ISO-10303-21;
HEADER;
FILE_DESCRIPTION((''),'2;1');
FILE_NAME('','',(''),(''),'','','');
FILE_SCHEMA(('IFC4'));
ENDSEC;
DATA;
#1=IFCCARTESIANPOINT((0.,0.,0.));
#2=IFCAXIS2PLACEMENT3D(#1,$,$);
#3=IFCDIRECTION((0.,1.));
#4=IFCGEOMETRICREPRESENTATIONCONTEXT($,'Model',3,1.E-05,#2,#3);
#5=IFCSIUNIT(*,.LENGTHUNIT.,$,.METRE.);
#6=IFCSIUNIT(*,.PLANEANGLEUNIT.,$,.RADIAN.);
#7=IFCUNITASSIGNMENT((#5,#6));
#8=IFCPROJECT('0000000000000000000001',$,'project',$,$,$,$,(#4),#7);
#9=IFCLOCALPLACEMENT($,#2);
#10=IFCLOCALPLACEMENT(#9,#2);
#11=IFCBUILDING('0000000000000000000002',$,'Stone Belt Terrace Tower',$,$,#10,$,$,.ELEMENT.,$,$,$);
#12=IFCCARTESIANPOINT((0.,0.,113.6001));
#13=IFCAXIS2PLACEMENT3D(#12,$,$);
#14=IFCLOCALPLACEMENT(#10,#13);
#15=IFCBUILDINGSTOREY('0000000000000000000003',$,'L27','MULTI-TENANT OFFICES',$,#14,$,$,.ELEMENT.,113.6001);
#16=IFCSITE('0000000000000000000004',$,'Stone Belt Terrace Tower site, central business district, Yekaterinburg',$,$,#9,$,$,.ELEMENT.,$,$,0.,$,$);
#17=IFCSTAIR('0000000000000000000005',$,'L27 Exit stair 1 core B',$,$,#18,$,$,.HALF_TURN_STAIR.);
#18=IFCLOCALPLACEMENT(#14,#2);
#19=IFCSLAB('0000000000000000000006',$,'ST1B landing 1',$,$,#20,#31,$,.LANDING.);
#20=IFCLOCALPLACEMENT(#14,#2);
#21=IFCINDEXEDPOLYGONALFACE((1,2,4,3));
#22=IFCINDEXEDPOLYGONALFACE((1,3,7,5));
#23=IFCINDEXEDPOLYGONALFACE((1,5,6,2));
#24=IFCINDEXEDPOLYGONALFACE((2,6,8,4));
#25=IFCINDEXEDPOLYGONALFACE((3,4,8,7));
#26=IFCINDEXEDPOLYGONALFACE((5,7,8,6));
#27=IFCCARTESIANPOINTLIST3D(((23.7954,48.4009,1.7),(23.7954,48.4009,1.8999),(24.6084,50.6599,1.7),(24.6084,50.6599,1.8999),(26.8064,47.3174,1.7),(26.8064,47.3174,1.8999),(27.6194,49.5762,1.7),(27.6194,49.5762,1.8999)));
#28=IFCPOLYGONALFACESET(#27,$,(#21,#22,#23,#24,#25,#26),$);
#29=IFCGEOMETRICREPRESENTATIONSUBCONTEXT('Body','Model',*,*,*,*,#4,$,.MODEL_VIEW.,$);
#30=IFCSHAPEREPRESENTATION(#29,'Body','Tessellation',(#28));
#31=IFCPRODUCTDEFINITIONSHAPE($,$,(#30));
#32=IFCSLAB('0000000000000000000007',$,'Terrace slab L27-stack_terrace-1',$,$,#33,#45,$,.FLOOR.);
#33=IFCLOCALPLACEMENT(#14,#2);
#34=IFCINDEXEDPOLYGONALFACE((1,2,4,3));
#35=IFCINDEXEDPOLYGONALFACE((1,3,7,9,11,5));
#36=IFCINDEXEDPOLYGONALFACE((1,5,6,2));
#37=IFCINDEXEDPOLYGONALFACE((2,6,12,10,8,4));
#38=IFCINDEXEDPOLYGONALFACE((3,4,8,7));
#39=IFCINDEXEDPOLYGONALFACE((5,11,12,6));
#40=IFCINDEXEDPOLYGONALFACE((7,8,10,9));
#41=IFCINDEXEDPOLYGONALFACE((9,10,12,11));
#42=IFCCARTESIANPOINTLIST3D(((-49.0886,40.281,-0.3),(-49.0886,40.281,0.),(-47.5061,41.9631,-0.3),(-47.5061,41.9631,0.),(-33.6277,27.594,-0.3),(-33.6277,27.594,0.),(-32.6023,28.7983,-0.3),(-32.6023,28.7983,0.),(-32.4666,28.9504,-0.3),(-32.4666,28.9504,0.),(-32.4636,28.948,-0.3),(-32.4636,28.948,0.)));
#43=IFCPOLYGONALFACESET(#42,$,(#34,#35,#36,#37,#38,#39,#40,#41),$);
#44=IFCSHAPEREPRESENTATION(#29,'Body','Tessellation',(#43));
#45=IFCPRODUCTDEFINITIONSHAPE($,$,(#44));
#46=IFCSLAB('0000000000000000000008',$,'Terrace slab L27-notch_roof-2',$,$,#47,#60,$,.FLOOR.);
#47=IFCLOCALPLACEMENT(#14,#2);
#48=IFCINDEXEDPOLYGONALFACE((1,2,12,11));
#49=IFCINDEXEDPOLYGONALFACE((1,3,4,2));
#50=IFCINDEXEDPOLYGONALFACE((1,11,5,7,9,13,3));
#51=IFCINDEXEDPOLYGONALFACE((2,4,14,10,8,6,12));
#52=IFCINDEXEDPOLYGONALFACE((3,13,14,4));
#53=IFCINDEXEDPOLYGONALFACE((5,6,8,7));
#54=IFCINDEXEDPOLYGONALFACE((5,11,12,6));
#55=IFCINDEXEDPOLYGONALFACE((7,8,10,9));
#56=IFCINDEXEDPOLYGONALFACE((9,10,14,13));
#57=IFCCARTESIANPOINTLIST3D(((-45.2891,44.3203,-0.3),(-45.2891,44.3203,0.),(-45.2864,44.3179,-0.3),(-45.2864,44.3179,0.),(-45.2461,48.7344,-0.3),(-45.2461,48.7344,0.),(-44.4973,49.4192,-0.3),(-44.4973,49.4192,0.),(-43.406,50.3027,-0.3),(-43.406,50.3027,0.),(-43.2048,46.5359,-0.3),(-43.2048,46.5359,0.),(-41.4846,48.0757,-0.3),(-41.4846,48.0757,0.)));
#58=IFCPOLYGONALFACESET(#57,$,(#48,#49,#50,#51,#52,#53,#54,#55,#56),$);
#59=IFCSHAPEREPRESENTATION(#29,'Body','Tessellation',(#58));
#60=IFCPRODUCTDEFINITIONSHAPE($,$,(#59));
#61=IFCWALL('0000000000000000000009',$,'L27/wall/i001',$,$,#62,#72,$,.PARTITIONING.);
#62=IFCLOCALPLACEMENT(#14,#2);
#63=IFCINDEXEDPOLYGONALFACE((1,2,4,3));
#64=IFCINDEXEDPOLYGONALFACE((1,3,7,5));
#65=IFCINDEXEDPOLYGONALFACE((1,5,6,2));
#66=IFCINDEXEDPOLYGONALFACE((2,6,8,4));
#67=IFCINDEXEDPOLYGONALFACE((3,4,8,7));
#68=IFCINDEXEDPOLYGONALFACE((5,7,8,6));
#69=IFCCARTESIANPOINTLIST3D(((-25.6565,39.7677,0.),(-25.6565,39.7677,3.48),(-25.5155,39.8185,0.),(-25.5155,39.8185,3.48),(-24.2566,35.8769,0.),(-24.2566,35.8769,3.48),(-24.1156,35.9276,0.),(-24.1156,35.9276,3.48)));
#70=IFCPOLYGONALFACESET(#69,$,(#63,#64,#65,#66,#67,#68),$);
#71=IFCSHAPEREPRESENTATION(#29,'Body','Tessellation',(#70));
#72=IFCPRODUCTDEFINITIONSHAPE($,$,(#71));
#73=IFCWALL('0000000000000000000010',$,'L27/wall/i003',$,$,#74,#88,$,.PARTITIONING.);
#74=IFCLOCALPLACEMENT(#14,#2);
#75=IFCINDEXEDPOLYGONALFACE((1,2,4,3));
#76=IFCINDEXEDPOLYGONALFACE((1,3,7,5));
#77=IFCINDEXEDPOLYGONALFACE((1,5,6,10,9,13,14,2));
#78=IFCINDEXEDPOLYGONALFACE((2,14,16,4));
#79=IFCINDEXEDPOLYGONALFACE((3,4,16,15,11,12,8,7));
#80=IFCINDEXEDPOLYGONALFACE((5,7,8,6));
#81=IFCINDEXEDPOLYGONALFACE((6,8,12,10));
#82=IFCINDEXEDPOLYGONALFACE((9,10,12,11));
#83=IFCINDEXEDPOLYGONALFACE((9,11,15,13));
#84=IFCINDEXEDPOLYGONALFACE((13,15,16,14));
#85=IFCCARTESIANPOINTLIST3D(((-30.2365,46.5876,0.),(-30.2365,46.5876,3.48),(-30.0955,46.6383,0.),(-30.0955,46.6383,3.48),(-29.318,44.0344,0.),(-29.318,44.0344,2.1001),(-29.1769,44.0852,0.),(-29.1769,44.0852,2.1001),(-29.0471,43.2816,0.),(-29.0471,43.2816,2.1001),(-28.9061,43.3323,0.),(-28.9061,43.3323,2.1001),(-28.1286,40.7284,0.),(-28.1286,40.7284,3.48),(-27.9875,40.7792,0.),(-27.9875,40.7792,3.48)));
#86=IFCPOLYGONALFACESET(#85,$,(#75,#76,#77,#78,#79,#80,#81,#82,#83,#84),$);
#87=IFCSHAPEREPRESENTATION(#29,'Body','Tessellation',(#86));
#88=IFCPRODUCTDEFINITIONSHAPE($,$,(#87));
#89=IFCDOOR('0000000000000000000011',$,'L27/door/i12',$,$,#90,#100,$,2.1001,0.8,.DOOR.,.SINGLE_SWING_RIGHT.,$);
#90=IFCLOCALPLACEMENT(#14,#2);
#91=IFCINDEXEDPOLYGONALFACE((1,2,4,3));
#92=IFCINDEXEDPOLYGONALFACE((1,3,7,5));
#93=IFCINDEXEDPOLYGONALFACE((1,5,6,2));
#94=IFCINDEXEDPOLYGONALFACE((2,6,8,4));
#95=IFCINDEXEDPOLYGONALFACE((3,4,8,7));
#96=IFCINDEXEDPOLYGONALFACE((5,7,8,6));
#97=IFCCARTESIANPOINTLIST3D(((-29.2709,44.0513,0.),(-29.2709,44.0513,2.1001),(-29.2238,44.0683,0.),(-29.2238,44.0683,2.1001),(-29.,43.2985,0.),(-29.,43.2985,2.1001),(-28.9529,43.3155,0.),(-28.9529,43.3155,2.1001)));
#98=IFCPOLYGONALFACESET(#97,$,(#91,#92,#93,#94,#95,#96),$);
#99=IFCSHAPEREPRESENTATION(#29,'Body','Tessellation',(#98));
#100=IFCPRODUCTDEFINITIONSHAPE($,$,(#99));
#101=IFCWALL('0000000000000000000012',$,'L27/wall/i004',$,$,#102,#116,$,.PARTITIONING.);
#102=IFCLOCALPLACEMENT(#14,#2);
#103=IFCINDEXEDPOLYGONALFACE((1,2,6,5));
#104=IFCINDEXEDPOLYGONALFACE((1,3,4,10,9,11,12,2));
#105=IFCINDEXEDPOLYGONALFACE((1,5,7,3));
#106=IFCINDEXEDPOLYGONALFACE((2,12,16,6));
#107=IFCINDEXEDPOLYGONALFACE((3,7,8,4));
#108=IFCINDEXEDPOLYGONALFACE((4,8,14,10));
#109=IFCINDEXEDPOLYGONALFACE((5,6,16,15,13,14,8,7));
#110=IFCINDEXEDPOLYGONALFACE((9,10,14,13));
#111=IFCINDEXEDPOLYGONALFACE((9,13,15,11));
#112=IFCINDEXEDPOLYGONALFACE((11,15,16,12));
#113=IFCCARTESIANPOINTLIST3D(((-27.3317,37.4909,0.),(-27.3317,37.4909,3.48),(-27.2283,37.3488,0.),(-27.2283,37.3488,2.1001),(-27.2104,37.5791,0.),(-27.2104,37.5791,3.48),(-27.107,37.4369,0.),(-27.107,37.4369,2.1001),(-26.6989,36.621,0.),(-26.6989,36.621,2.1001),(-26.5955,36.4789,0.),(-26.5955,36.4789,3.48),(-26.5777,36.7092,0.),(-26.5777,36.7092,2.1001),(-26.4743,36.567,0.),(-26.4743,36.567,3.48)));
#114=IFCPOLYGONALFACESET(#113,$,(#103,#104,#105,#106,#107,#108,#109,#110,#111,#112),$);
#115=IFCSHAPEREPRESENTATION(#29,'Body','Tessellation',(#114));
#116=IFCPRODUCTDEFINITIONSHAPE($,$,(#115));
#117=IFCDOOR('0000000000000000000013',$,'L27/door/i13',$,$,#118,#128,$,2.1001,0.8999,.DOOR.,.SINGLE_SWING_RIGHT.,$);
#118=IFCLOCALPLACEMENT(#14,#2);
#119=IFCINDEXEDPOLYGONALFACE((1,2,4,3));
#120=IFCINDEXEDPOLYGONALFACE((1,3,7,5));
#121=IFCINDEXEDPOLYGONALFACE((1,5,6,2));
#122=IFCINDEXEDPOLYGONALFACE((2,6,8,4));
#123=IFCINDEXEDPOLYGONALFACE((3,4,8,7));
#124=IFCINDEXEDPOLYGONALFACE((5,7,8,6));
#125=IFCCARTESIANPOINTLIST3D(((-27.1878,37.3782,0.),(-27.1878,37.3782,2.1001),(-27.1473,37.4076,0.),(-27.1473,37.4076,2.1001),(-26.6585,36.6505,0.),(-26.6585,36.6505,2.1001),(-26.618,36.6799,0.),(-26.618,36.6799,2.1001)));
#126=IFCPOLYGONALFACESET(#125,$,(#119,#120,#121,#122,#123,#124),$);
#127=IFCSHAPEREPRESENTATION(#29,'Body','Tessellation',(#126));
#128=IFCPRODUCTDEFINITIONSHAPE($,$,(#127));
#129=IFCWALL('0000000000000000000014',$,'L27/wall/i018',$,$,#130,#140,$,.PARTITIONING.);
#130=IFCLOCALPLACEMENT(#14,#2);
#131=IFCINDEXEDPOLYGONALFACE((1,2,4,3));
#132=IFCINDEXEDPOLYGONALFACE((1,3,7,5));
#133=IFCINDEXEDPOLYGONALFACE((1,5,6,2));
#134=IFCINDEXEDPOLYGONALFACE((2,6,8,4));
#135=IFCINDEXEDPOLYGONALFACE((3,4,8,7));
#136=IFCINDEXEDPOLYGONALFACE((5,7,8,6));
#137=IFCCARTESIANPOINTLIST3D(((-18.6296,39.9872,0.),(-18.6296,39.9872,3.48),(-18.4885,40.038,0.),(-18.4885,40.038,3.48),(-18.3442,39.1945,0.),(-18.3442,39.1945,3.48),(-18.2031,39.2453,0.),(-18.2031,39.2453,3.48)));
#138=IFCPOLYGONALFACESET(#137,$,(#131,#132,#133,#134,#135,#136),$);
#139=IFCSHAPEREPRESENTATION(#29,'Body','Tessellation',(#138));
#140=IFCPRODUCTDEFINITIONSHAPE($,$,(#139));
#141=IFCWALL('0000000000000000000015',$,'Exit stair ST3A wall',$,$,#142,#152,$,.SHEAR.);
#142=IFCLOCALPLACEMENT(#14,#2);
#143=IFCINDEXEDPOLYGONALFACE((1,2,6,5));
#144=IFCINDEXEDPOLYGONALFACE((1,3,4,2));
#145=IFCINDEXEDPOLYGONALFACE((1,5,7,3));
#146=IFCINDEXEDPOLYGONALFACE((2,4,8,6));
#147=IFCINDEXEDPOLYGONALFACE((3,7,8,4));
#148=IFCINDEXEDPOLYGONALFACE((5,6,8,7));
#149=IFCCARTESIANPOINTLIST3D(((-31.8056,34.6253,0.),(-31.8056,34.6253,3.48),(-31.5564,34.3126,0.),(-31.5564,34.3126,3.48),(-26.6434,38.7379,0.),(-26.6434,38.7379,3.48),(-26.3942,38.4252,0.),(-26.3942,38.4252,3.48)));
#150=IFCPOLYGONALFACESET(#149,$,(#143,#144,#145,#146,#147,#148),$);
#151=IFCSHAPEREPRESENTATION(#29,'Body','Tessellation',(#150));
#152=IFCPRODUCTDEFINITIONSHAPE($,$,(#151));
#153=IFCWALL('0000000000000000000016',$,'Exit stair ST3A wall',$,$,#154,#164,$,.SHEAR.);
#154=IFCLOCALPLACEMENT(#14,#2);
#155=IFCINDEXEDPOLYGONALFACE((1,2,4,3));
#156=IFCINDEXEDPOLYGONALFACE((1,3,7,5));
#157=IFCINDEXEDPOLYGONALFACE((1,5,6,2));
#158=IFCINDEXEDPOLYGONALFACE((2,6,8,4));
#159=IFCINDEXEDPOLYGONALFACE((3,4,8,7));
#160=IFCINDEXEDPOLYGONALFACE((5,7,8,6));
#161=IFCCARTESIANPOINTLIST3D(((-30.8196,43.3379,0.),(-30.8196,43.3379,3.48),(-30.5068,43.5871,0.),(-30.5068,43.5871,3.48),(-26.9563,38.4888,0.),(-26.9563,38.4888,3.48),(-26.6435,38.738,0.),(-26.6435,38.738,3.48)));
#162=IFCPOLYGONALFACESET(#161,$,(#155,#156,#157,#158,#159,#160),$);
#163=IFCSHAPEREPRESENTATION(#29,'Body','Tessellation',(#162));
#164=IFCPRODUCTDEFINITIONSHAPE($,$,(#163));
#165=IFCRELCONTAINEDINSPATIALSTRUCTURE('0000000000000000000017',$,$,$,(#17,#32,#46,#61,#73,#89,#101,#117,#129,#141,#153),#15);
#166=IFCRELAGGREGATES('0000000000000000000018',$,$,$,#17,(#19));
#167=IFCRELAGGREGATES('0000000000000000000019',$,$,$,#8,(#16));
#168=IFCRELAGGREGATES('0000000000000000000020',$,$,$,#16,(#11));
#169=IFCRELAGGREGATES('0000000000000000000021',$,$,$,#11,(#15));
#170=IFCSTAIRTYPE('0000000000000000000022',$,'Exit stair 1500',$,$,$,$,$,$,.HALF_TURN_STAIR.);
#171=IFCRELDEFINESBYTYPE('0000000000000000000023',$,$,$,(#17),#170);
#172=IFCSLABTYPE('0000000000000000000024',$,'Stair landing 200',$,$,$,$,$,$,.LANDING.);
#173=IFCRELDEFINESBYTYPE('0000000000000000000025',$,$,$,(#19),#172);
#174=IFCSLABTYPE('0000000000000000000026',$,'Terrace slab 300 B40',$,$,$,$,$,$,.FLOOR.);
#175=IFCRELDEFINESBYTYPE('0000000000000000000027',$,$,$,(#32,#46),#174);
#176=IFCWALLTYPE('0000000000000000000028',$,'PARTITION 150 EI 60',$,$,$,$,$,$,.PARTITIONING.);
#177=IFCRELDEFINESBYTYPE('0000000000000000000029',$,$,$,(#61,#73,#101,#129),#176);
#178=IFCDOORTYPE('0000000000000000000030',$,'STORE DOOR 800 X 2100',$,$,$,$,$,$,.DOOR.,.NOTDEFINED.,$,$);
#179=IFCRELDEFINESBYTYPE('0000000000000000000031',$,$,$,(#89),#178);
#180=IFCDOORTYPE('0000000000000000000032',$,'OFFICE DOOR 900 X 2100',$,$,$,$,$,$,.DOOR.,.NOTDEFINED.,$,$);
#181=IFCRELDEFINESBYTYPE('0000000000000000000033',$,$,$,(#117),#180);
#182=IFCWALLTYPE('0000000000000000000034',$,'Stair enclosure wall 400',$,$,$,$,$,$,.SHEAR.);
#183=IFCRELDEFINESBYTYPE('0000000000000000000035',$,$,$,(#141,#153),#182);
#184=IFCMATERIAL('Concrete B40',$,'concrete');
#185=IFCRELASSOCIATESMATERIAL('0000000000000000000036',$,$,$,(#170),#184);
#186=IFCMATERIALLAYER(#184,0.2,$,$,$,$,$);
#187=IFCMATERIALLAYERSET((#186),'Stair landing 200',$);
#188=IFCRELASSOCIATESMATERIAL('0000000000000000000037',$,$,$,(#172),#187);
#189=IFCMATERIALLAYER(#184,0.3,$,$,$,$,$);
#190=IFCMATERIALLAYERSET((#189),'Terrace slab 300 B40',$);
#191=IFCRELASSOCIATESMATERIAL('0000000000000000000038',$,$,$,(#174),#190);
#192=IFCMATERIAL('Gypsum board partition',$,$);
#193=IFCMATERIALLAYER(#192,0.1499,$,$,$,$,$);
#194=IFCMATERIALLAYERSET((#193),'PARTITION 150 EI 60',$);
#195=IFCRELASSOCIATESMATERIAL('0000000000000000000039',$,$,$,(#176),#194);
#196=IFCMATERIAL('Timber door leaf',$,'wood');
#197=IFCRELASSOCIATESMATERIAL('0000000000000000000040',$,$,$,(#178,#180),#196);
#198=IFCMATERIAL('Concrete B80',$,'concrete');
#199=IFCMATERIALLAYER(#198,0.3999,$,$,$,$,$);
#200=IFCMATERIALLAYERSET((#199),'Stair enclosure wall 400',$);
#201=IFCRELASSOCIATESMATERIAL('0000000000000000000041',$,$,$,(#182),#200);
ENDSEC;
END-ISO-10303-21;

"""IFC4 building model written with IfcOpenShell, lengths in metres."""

from ifc_helpers import new_model, si_unit, direction, frame, frame_2d, origin, place, context, subcontext, project, spatial, polyline, rectangle, outline, extrude, material, layer, layer_set, type_object, element, fill, aggregate, save


model = new_model("IFC4")

# Units and contexts
model_context = context("Model", 3, precision=1e-05, world=origin(), true_north=direction((0.0, 1.0)))
body_context = subcontext(model_context, "Body", "Model", "MODEL_VIEW")
ifc_project = project(units=[si_unit("LENGTHUNIT", "METRE"), si_unit("PLANEANGLEUNIT", "RADIAN")], contexts=[model_context])

# Site, building, storey
site_placement = place(None, origin())
site = spatial("IfcSite", under=ifc_project, at=site_placement, Name="Stone Belt Terrace Tower site, central business district, Yekaterinburg", CompositionType="ELEMENT", RefElevation=0.0)
building_placement = place(site_placement, origin())
building = spatial("IfcBuilding", under=site, at=building_placement, Name="Stone Belt Terrace Tower", CompositionType="ELEMENT")
storey_placement = place(building_placement, frame((0.0, 0.0, 113.6001)))
storey = spatial("IfcBuildingStorey", under=building, at=storey_placement, Name="L27", Description="MULTI-TENANT OFFICES", CompositionType="ELEMENT", Elevation=113.6001)

# Shared definitions
ifc_material_1 = material(Name="Concrete B80", Category="concrete")

# Shared definitions
ifc_material_2 = material(Name="Concrete B40", Category="concrete")

# Stair, slab
stair_type = type_object("IfcStairType", Name="Exit stair 1500", PredefinedType="HALF_TURN_STAIR", material=ifc_material_2)
ifc_layer_1 = layer(ifc_material_2, 0.2)
ifc_layer_set_1 = layer_set([ifc_layer_1], Name="Stair landing 200")
slab_type_1 = type_object("IfcSlabType", Name="Stair landing 200", PredefinedType="LANDING", material=ifc_layer_set_1)
stair_1_placement = place(storey_placement, origin())
stair_1 = element("IfcStair", 1, at=stair_1_placement, inside=storey, type_object=stair_type, Name="L27 Exit stair 1 core B", PredefinedType="HALF_TURN_STAIR")
slab_1_placement = place(storey_placement, frame((0.0, 0.0, 1.7)))
slab_1 = element("IfcSlab", 2, at=slab_1_placement, type_object=slab_type_1, Name="ST1B landing 1", PredefinedType="LANDING", context=body_context, shape_type="SweptSolid", body=[
    extrude(outline(polyline([(26.8064, 47.3174), (27.6194, 49.5762), (24.6084, 50.6599), (23.7954, 48.4009), (26.8064, 47.3174)])), origin(), (0.0, 0.0, 1.0), 0.2),
])
aggregate(stair_1, [slab_1])

# Slabs
ifc_layer_2 = layer(ifc_material_2, 0.3)
ifc_layer_set_2 = layer_set([ifc_layer_2], Name="Terrace slab 300 B40")
slab_type_2 = type_object("IfcSlabType", Name="Terrace slab 300 B40", PredefinedType="FLOOR", material=ifc_layer_set_2)
slab_2_placement = place(storey_placement, frame((0.0, 0.0, -0.3)))
element("IfcSlab", 3, at=slab_2_placement, inside=storey, type_object=slab_type_2, Name="Terrace slab L27-stack_terrace-1", PredefinedType="FLOOR", context=body_context, shape_type="SweptSolid", body=[
    extrude(outline(polyline([(-49.0886, 40.281), (-33.6277, 27.594), (-32.4636, 28.948), (-32.4666, 28.9504), (-32.6023, 28.7983), (-47.5061, 41.9631), (-49.0886, 40.281)])), origin(), (0.0, 0.0, 1.0), 0.3),
])
slab_3_placement = place(storey_placement, frame((0.0, 0.0, -0.3)))
element("IfcSlab", 4, at=slab_3_placement, inside=storey, type_object=slab_type_2, Name="Terrace slab L27-notch_roof-2", PredefinedType="FLOOR", context=body_context, shape_type="SweptSolid", body=[
    extrude(outline(polyline([(-45.2461, 48.7344), (-43.2048, 46.5359), (-45.2891, 44.3203), (-45.2864, 44.3179), (-41.4846, 48.0757), (-43.406, 50.3027), (-44.4973, 49.4192), (-45.2461, 48.7344)])), origin(), (0.0, 0.0, 1.0), 0.3),
])

# Wall
ifc_material_3 = material(Name="Gypsum board partition")
ifc_layer_3 = layer(ifc_material_3, 0.1499)
ifc_layer_set_3 = layer_set([ifc_layer_3], Name="PARTITION 150 EI 60")
wall_type_1 = type_object("IfcWallType", Name="PARTITION 150 EI 60", PredefinedType="PARTITIONING", material=ifc_layer_set_3)
wall_1_placement = place(storey_placement, frame((-25.5859, 39.793, 0.0), z_axis=(0.0, 0.0, 1.0), x_axis=(0.338546, -0.94095, 0.0)))
element("IfcWall", 5, at=wall_1_placement, inside=storey, type_object=wall_type_1, Name="L27/wall/i001", PredefinedType="PARTITIONING", context=body_context, shape_type="SweptSolid", body=[
    extrude(rectangle(XDim=4.135, YDim=0.1499, at=frame_2d((2.0674, 0.0))), origin(), (0.0, 0.0, 1.0), 3.48),
])

# Walls, openings, doors
wall_2_placement = place(storey_placement, frame((-28.0581, 40.7539, 0.0), z_axis=(0.0, 0.0, 1.0), x_axis=(-0.338524, 0.940958, 0.0)))
wall_2 = element("IfcWall", 6, at=wall_2_placement, inside=storey, type_object=wall_type_1, Name="L27/wall/i003", PredefinedType="PARTITIONING", context=body_context, shape_type="SweptSolid", body=[
    extrude(rectangle(XDim=6.2268, YDim=0.1499, at=frame_2d((3.1133, 0.0))), origin(), (0.0, 0.0, 1.0), 3.48),
])
opening_1_placement = place(wall_2_placement, frame((2.7134, 0.0, 0.0)))
opening_1 = element("IfcOpeningElement", 7, at=opening_1_placement, cuts=wall_2, PredefinedType="OPENING", context=body_context, shape_type="SweptSolid", body=[
    extrude(rectangle(XDim=0.8, YDim=2.1001, at=frame_2d((0.3999, 1.05))), frame((0.0, 0.085, 0.0), z_axis=(0.0, -1.0, 0.0), x_axis=(1.0, 0.0, 0.0)), (0.0, 0.0, 1.0), 0.1699),
])
ifc_material_4 = material(Name="Timber door leaf", Category="wood")
door_type_1 = type_object("IfcDoorType", Name="STORE DOOR 800 X 2100", OperationType="NOTDEFINED", PredefinedType="DOOR", material=ifc_material_4)
door_1_placement = place(opening_1_placement, origin())
door_1 = element("IfcDoor", 8, at=door_1_placement, inside=storey, type_object=door_type_1, Name="L27/door/i12", OperationType="SINGLE_SWING_RIGHT", OverallHeight=2.1001, OverallWidth=0.8, PredefinedType="DOOR", context=body_context, shape_type="SweptSolid", body=[
    extrude(rectangle(XDim=0.8, YDim=2.1001, at=frame_2d((0.3999, 1.05))), frame((0.0, 0.0249, 0.0), z_axis=(0.0, -1.0, 0.0), x_axis=(1.0, 0.0, 0.0)), (0.0, 0.0, 1.0), 0.05),
])
fill(opening_1, door_1)
wall_3_placement = place(storey_placement, frame((-26.5349, 36.5229, 0.0), z_axis=(0.0, 0.0, 1.0), x_axis=(-0.58823, 0.808694, 0.0)))
wall_3 = element("IfcWall", 9, at=wall_3_placement, inside=storey, type_object=wall_type_1, Name="L27/wall/i004", PredefinedType="PARTITIONING", context=body_context, shape_type="SweptSolid", body=[
    extrude(rectangle(XDim=1.2515, YDim=0.1499, at=frame_2d((0.6257, 0.0))), origin(), (0.0, 0.0, 1.0), 3.48),
])
opening_2_placement = place(wall_3_placement, frame((0.1758, 0.0, 0.0)))
opening_2 = element("IfcOpeningElement", 10, at=opening_2_placement, cuts=wall_3, PredefinedType="OPENING", context=body_context, shape_type="SweptSolid", body=[
    extrude(rectangle(XDim=0.8999, YDim=2.1001, at=frame_2d((0.45, 1.05))), frame((0.0, 0.085, 0.0), z_axis=(0.0, -1.0, 0.0), x_axis=(1.0, 0.0, 0.0)), (0.0, 0.0, 1.0), 0.1699),
])
door_type_2 = type_object("IfcDoorType", Name="OFFICE DOOR 900 X 2100", OperationType="NOTDEFINED", PredefinedType="DOOR", material=ifc_material_4)
door_2_placement = place(opening_2_placement, origin())
door_2 = element("IfcDoor", 11, at=door_2_placement, inside=storey, type_object=door_type_2, Name="L27/door/i13", OperationType="SINGLE_SWING_RIGHT", OverallHeight=2.1001, OverallWidth=0.8999, PredefinedType="DOOR", context=body_context, shape_type="SweptSolid", body=[
    extrude(rectangle(XDim=0.8999, YDim=2.1001, at=frame_2d((0.45, 1.05))), frame((0.0, 0.0249, 0.0), z_axis=(0.0, -1.0, 0.0), x_axis=(1.0, 0.0, 0.0)), (0.0, 0.0, 1.0), 0.05),
])
fill(opening_2, door_2)

# Walls
wall_4_placement = place(storey_placement, frame((-18.5591, 40.0127, 0.0), z_axis=(0.0, 0.0, 1.0), x_axis=(0.33874, -0.94088, 0.0)))
element("IfcWall", 12, at=wall_4_placement, inside=storey, type_object=wall_type_1, Name="L27/wall/i018", PredefinedType="PARTITIONING", context=body_context, shape_type="SweptSolid", body=[
    extrude(rectangle(XDim=0.8425, YDim=0.1499, at=frame_2d((0.4214, 0.0))), origin(), (0.0, 0.0, 1.0), 3.48),
])
ifc_layer_4 = layer(ifc_material_1, 0.3999)
ifc_layer_set_4 = layer_set([ifc_layer_4], Name="Stair enclosure wall 400")
wall_type_2 = type_object("IfcWallType", Name="Stair enclosure wall 400", PredefinedType="SHEAR", material=ifc_layer_set_4)
wall_5_placement = place(storey_placement, frame((-26.5188, 38.5815, 0.0), z_axis=(0.0, 0.0, 1.0), x_axis=(-0.782134, -0.62311, 0.0)))
element("IfcWall", 13, at=wall_5_placement, inside=storey, type_object=wall_type_2, Name="Exit stair ST3A wall", PredefinedType="SHEAR", context=body_context, shape_type="SweptSolid", body=[
    extrude(rectangle(XDim=6.6001, YDim=0.3999, at=frame_2d((3.3, 0.0))), origin(), (0.0, 0.0, 1.0), 3.48),
])
wall_6_placement = place(storey_placement, frame((-26.7998, 38.6133, 0.0), z_axis=(0.0, 0.0, 1.0), x_axis=(-0.623119, 0.782127, 0.0)))
element("IfcWall", 14, at=wall_6_placement, inside=storey, type_object=wall_type_2, Name="Exit stair ST3A wall", PredefinedType="SHEAR", context=body_context, shape_type="SweptSolid", body=[
    extrude(rectangle(XDim=6.2, YDim=0.3999, at=frame_2d((3.1001, 0.0))), origin(), (0.0, 0.0, 1.0), 3.48),
])

save(model, "model.ifc")
